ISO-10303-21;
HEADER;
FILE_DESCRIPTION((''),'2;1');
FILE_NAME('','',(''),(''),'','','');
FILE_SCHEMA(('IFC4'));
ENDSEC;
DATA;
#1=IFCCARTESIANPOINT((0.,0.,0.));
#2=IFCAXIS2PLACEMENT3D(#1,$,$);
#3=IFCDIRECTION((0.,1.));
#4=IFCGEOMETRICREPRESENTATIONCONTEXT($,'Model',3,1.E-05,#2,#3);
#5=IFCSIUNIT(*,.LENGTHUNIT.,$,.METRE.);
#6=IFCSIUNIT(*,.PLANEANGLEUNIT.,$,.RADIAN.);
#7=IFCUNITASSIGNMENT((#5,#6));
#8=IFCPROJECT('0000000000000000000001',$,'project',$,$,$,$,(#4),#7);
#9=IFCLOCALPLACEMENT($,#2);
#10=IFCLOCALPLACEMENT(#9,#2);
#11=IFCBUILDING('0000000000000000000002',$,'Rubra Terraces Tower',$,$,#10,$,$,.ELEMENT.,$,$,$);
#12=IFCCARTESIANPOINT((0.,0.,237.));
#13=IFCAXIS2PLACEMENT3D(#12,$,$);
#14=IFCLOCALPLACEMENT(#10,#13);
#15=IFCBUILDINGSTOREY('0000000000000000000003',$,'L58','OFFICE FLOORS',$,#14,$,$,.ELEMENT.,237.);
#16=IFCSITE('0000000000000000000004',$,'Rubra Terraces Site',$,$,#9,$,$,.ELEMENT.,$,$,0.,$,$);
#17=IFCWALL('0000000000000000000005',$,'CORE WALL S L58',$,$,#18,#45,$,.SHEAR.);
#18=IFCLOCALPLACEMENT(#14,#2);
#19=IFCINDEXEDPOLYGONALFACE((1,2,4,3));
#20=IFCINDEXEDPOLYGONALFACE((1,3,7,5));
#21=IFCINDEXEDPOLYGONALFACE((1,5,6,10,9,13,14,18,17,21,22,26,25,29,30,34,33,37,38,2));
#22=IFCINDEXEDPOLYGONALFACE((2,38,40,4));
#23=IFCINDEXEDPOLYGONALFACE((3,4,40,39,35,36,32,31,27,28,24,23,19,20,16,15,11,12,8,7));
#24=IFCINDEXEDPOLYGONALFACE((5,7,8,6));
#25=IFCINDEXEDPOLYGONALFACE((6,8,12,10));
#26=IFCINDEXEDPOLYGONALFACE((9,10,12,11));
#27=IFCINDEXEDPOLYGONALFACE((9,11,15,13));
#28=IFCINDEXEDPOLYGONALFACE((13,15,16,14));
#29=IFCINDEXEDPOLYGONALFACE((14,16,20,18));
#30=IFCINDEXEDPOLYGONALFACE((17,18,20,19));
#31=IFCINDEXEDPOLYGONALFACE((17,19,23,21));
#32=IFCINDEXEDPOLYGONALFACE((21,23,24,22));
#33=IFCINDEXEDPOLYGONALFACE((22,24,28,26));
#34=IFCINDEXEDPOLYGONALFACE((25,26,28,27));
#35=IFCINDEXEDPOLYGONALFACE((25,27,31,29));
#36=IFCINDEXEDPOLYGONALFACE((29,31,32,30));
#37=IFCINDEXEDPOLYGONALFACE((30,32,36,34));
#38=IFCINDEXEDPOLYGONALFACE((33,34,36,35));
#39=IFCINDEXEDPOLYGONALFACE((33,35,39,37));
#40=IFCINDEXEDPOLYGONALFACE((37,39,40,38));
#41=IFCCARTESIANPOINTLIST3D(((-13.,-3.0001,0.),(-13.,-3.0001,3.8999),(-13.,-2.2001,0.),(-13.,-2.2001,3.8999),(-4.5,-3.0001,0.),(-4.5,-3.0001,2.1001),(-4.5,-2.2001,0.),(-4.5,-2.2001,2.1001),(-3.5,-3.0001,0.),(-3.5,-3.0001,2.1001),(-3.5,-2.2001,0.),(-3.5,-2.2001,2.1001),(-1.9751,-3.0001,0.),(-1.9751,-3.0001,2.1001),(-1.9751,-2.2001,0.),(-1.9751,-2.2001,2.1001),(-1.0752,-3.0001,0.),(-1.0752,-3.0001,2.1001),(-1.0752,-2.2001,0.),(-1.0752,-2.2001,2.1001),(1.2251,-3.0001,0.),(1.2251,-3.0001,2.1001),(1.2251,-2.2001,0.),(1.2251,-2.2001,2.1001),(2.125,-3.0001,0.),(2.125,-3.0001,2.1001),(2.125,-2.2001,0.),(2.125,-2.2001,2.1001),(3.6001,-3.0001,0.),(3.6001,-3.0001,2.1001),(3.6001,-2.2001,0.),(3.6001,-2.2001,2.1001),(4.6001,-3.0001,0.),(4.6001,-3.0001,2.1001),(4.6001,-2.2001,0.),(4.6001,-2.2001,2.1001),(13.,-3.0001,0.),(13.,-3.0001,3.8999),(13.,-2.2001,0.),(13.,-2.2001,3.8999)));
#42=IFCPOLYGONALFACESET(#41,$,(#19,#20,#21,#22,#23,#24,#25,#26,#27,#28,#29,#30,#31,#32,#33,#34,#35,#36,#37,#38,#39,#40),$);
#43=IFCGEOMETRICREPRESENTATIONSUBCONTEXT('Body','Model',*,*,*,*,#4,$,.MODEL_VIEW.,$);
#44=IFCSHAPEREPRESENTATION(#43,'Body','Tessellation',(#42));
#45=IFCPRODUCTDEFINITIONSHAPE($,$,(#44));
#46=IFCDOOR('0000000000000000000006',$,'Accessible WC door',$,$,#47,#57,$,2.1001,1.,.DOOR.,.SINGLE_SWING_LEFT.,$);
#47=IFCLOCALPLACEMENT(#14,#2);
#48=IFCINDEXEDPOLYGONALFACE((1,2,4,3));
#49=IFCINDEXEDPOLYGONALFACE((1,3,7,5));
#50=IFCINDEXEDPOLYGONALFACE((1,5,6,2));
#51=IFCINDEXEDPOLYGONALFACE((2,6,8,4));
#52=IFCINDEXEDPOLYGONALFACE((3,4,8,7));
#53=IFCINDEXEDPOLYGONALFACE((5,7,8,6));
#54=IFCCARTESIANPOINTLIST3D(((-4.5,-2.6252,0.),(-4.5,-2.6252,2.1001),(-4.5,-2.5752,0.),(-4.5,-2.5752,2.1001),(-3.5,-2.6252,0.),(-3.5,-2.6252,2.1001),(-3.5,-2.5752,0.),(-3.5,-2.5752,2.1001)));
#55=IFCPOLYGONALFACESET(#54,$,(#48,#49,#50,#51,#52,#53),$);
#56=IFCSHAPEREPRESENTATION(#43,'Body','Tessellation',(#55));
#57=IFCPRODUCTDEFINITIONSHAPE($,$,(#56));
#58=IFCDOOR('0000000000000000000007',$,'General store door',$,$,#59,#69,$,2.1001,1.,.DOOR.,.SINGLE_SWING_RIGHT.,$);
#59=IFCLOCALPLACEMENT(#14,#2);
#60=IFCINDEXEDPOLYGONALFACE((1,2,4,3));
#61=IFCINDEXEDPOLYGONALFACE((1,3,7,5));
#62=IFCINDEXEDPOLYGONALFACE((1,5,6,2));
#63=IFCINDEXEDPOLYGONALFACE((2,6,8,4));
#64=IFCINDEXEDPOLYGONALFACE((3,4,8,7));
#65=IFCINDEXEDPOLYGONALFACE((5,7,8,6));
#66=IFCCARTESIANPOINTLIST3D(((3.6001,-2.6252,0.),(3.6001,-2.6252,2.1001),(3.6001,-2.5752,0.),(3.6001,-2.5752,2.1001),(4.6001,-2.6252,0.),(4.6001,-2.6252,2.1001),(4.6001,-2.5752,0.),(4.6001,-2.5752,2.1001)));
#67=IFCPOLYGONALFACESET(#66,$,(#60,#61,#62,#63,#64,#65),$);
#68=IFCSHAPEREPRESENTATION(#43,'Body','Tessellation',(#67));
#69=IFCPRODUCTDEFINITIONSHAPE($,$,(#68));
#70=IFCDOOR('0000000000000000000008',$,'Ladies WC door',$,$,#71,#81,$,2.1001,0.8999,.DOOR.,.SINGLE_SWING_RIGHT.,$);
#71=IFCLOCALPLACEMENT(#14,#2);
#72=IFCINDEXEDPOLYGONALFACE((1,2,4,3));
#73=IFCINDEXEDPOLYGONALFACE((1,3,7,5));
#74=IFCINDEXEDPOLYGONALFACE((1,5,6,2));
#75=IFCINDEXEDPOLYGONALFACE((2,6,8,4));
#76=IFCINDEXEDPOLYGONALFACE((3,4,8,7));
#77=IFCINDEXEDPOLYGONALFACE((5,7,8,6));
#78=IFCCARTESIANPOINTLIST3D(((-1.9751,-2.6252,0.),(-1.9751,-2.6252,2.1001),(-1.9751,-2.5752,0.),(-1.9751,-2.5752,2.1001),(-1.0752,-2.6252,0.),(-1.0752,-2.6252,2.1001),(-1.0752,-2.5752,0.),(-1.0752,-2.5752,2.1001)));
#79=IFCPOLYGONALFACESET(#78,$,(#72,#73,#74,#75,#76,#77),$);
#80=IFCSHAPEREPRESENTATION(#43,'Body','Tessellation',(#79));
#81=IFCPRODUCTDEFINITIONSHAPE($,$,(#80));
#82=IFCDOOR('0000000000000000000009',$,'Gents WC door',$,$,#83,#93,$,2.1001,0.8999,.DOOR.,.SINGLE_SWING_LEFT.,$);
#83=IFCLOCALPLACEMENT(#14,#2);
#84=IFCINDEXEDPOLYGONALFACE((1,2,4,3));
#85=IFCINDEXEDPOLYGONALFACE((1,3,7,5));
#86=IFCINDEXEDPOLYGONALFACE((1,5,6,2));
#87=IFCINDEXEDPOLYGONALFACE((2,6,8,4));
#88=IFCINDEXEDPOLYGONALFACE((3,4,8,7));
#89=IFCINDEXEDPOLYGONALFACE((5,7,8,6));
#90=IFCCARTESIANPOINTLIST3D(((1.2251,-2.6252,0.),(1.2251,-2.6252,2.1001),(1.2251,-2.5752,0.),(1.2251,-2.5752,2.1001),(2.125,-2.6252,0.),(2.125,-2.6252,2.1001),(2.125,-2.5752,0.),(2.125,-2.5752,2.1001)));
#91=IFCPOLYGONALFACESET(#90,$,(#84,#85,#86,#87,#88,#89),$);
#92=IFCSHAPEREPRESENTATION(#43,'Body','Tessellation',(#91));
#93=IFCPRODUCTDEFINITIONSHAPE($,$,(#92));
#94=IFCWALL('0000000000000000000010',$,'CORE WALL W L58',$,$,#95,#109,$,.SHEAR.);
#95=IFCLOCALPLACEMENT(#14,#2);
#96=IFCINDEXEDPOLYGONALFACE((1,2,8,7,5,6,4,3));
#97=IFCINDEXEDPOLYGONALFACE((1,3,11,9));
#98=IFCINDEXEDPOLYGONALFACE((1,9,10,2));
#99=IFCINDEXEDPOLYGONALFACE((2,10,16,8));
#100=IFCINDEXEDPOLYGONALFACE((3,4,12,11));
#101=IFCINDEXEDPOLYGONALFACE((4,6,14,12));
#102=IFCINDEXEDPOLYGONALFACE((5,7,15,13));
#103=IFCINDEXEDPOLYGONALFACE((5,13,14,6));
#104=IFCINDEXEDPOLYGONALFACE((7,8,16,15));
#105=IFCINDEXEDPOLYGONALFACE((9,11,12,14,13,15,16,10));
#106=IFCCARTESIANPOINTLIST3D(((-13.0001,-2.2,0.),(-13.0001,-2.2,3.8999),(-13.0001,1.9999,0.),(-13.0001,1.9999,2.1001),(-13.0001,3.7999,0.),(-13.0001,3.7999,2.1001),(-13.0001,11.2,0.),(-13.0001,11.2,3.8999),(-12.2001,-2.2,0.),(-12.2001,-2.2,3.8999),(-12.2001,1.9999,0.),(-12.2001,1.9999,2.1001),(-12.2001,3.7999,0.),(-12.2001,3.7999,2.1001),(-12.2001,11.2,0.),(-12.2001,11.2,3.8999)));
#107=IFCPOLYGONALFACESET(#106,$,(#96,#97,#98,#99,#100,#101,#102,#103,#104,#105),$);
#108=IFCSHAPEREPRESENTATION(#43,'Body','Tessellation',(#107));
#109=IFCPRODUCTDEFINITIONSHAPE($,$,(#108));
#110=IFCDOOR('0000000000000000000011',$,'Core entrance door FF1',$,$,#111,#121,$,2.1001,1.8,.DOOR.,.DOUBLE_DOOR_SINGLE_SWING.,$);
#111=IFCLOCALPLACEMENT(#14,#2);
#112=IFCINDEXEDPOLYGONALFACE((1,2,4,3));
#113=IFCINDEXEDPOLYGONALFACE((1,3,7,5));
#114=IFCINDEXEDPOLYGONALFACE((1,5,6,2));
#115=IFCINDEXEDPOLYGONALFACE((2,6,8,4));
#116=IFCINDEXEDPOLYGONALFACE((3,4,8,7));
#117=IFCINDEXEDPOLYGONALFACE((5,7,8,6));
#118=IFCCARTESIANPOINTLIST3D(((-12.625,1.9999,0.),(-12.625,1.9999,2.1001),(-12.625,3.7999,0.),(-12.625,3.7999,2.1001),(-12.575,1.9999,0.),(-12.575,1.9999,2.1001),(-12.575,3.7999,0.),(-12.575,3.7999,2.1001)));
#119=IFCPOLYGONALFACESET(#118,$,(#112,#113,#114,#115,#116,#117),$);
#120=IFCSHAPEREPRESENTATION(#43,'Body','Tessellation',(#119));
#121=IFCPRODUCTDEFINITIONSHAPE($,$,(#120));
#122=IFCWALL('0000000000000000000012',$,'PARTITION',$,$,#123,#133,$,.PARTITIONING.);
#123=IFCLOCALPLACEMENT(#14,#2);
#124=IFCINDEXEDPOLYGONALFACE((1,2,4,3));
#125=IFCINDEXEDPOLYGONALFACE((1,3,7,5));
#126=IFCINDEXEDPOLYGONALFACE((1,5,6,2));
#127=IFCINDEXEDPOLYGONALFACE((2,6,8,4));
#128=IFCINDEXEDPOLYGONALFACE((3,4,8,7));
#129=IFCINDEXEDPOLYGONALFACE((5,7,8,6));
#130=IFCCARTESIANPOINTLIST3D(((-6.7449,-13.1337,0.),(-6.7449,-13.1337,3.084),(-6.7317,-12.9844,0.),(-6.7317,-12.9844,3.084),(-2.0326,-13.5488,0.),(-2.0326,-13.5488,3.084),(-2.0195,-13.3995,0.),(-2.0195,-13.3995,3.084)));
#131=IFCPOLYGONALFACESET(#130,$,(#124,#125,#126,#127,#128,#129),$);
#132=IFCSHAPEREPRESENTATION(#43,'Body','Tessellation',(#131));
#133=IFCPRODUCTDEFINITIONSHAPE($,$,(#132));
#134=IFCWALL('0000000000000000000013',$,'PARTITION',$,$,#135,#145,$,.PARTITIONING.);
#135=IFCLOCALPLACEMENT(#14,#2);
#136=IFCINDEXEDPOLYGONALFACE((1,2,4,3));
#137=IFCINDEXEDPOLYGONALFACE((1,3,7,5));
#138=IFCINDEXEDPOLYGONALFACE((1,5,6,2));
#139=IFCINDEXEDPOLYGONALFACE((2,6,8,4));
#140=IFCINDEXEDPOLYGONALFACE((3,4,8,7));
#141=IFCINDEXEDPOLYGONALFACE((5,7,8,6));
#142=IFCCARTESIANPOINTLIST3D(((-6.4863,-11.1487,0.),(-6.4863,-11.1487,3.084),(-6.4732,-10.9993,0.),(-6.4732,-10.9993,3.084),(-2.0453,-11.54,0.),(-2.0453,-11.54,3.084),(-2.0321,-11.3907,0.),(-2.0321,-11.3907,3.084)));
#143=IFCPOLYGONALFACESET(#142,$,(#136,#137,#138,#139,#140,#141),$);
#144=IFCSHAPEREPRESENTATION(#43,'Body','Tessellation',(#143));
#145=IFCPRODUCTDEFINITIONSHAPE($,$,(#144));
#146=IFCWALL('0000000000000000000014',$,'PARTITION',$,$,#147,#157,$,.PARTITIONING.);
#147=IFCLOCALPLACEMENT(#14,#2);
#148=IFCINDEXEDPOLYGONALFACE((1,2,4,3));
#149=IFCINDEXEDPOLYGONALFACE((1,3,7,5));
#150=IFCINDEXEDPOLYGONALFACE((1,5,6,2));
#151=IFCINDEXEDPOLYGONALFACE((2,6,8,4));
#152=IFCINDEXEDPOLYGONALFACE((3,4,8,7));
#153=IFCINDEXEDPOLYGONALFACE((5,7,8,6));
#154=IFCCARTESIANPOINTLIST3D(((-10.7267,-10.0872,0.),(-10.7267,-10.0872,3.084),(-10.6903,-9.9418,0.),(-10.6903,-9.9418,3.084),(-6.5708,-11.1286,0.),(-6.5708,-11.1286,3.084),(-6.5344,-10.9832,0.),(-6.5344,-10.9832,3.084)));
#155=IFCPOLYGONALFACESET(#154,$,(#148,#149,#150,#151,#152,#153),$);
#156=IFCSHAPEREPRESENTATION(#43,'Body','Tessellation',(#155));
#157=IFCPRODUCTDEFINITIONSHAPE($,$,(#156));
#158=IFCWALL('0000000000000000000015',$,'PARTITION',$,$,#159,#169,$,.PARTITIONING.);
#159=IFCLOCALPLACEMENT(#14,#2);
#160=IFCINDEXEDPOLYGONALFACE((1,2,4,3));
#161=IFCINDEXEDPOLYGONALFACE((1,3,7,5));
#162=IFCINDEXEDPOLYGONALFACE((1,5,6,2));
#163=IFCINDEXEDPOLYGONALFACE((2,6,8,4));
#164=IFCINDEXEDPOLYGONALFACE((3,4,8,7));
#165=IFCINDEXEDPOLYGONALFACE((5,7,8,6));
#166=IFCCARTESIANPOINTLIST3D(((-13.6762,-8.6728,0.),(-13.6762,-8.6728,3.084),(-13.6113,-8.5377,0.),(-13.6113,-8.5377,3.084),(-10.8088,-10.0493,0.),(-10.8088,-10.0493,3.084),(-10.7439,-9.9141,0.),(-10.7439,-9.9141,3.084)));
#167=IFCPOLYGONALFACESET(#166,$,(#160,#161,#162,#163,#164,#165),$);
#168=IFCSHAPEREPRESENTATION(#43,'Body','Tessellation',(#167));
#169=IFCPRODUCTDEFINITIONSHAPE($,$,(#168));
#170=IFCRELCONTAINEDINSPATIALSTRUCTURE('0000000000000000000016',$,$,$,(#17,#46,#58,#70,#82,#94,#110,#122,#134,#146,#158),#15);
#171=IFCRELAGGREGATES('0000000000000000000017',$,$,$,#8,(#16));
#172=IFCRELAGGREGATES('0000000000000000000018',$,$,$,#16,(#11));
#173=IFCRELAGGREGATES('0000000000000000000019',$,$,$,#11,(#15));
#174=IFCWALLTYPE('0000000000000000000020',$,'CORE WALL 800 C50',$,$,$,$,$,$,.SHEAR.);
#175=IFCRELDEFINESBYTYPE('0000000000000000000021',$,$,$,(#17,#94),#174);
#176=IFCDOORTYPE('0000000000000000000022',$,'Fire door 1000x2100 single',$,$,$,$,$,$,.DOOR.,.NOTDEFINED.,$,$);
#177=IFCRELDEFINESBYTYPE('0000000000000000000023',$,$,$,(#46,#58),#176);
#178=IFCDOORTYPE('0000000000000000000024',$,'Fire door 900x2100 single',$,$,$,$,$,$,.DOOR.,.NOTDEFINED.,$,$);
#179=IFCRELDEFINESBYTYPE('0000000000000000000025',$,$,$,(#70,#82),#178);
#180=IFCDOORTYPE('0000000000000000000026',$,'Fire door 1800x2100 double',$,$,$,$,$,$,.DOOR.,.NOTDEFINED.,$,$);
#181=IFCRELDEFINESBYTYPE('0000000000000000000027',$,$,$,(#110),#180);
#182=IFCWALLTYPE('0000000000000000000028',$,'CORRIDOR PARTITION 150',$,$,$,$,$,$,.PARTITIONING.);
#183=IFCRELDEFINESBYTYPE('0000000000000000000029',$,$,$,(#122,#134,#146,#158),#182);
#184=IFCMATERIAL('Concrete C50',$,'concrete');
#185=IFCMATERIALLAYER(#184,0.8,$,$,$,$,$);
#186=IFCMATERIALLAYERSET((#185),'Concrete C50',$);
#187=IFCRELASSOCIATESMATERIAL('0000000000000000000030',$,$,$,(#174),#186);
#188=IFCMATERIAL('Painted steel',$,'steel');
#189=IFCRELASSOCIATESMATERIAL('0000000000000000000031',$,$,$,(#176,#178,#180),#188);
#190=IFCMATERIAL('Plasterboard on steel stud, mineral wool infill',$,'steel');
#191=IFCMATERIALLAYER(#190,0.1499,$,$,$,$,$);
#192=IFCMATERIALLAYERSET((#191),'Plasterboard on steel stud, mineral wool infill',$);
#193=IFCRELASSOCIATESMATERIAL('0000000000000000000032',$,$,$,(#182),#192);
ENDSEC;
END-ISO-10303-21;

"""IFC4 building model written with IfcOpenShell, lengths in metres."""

from ifc_helpers import new_model, si_unit, direction, frame, frame_2d, origin, place, context, subcontext, project, spatial, rectangle, extrude, material, layer, layer_set, type_object, element, fill, save


model = new_model("IFC4")

# Units and contexts
model_context = context("Model", 3, precision=1e-05, world=origin(), true_north=direction((0.0, 1.0)))
body_context = subcontext(model_context, "Body", "Model", "MODEL_VIEW")
ifc_project = project(units=[si_unit("LENGTHUNIT", "METRE"), si_unit("PLANEANGLEUNIT", "RADIAN")], contexts=[model_context])

# Site, building, storey
site_placement = place(None, origin())
site = spatial("IfcSite", under=ifc_project, at=site_placement, Name="Rubra Terraces Site", CompositionType="ELEMENT", RefElevation=0.0)
building_placement = place(site_placement, origin())
building = spatial("IfcBuilding", under=site, at=building_placement, Name="Rubra Terraces Tower", CompositionType="ELEMENT")
storey_placement = place(building_placement, frame((0.0, 0.0, 237.0)))
storey = spatial("IfcBuildingStorey", under=building, at=storey_placement, Name="L58", Description="OFFICE FLOORS", CompositionType="ELEMENT", Elevation=237.0)

# Wall, openings, doors
ifc_material_1 = material(Name="Concrete C50", Category="concrete")
ifc_layer_1 = layer(ifc_material_1, 0.8)
ifc_layer_set_1 = layer_set([ifc_layer_1], Name="Concrete C50")
wall_type_1 = type_object("IfcWallType", Name="CORE WALL 800 C50", PredefinedType="SHEAR", material=ifc_layer_set_1)
wall_1_placement = place(storey_placement, frame((-13.0, -2.6001, 0.0), z_axis=(0.0, 0.0, 1.0), x_axis=(1.0, 0.0, 0.0)))
wall_1 = element("IfcWall", 1, at=wall_1_placement, inside=storey, type_object=wall_type_1, Name="CORE WALL S L58", PredefinedType="SHEAR", context=body_context, shape_type="SweptSolid", body=[
    extrude(rectangle(XDim=26.0, YDim=0.8, at=frame_2d((13.0, 0.0))), origin(), (0.0, 0.0, 1.0), 3.8999),
])
opening_1_placement = place(wall_1_placement, frame((8.5, 0.0, 0.0)))
opening_1 = element("IfcOpeningElement", 2, at=opening_1_placement, cuts=wall_1, PredefinedType="OPENING", context=body_context, shape_type="SweptSolid", body=[
    extrude(rectangle(XDim=1.0, YDim=2.1001, at=frame_2d((0.5, 1.05))), frame((0.0, 0.4099, 0.0), z_axis=(0.0, -1.0, 0.0), x_axis=(1.0, 0.0, 0.0)), (0.0, 0.0, 1.0), 0.8201),
])
opening_2_placement = place(wall_1_placement, frame((11.0249, 0.0, 0.0)))
opening_2 = element("IfcOpeningElement", 3, at=opening_2_placement, cuts=wall_1, PredefinedType="OPENING", context=body_context, shape_type="SweptSolid", body=[
    extrude(rectangle(XDim=0.8999, YDim=2.1001, at=frame_2d((0.45, 1.05))), frame((0.0, 0.4099, 0.0), z_axis=(0.0, -1.0, 0.0), x_axis=(1.0, 0.0, 0.0)), (0.0, 0.0, 1.0), 0.8201),
])
opening_3_placement = place(wall_1_placement, frame((14.2251, 0.0, 0.0)))
opening_3 = element("IfcOpeningElement", 4, at=opening_3_placement, cuts=wall_1, PredefinedType="OPENING", context=body_context, shape_type="SweptSolid", body=[
    extrude(rectangle(XDim=0.8999, YDim=2.1001, at=frame_2d((0.45, 1.05))), frame((0.0, 0.4099, 0.0), z_axis=(0.0, -1.0, 0.0), x_axis=(1.0, 0.0, 0.0)), (0.0, 0.0, 1.0), 0.8201),
])
opening_4_placement = place(wall_1_placement, frame((16.6001, 0.0, 0.0)))
opening_4 = element("IfcOpeningElement", 5, at=opening_4_placement, cuts=wall_1, PredefinedType="OPENING", context=body_context, shape_type="SweptSolid", body=[
    extrude(rectangle(XDim=1.0, YDim=2.1001, at=frame_2d((0.5, 1.05))), frame((0.0, 0.4099, 0.0), z_axis=(0.0, -1.0, 0.0), x_axis=(1.0, 0.0, 0.0)), (0.0, 0.0, 1.0), 0.8201),
])
ifc_material_2 = material(Name="Painted steel", Category="steel")
door_type_1 = type_object("IfcDoorType", Name="Fire door 1000x2100 single", OperationType="NOTDEFINED", PredefinedType="DOOR", material=ifc_material_2)
door_1_placement = place(opening_1_placement, origin())
door_1 = element("IfcDoor", 6, at=door_1_placement, inside=storey, type_object=door_type_1, Name="Accessible WC door", OperationType="SINGLE_SWING_LEFT", OverallHeight=2.1001, OverallWidth=1.0, PredefinedType="DOOR", context=body_context, shape_type="SweptSolid", body=[
    extrude(rectangle(XDim=1.0, YDim=2.1001, at=frame_2d((0.5, 1.05))), frame((0.0, 0.0249, 0.0), z_axis=(0.0, -1.0, 0.0), x_axis=(1.0, 0.0, 0.0)), (0.0, 0.0, 1.0), 0.05),
])
fill(opening_1, door_1)
door_2_placement = place(opening_4_placement, origin())
door_2 = element("IfcDoor", 7, at=door_2_placement, inside=storey, type_object=door_type_1, Name="General store door", OperationType="SINGLE_SWING_RIGHT", OverallHeight=2.1001, OverallWidth=1.0, PredefinedType="DOOR", context=body_context, shape_type="SweptSolid", body=[
    extrude(rectangle(XDim=1.0, YDim=2.1001, at=frame_2d((0.5, 1.05))), frame((0.0, 0.0249, 0.0), z_axis=(0.0, -1.0, 0.0), x_axis=(1.0, 0.0, 0.0)), (0.0, 0.0, 1.0), 0.05),
])
fill(opening_4, door_2)
door_type_2 = type_object("IfcDoorType", Name="Fire door 900x2100 single", OperationType="NOTDEFINED", PredefinedType="DOOR", material=ifc_material_2)
door_3_placement = place(opening_2_placement, origin())
door_3 = element("IfcDoor", 8, at=door_3_placement, inside=storey, type_object=door_type_2, Name="Ladies WC door", OperationType="SINGLE_SWING_RIGHT", OverallHeight=2.1001, OverallWidth=0.8999, PredefinedType="DOOR", context=body_context, shape_type="SweptSolid", body=[
    extrude(rectangle(XDim=0.8999, YDim=2.1001, at=frame_2d((0.45, 1.05))), frame((0.0, 0.0249, 0.0), z_axis=(0.0, -1.0, 0.0), x_axis=(1.0, 0.0, 0.0)), (0.0, 0.0, 1.0), 0.05),
])
fill(opening_2, door_3)
door_4_placement = place(opening_3_placement, origin())
door_4 = element("IfcDoor", 9, at=door_4_placement, inside=storey, type_object=door_type_2, Name="Gents WC door", OperationType="SINGLE_SWING_LEFT", OverallHeight=2.1001, OverallWidth=0.8999, PredefinedType="DOOR", context=body_context, shape_type="SweptSolid", body=[
    extrude(rectangle(XDim=0.8999, YDim=2.1001, at=frame_2d((0.45, 1.05))), frame((0.0, 0.0249, 0.0), z_axis=(0.0, -1.0, 0.0), x_axis=(1.0, 0.0, 0.0)), (0.0, 0.0, 1.0), 0.05),
])
fill(opening_3, door_4)

# Wall, opening, door
wall_2_placement = place(storey_placement, frame((-12.6001, -2.2, 0.0), z_axis=(0.0, 0.0, 1.0), x_axis=(0.0, 1.0, 0.0)))
wall_2 = element("IfcWall", 10, at=wall_2_placement, inside=storey, type_object=wall_type_1, Name="CORE WALL W L58", PredefinedType="SHEAR", context=body_context, shape_type="SweptSolid", body=[
    extrude(rectangle(XDim=13.3999, YDim=0.8, at=frame_2d((6.7, 0.0))), origin(), (0.0, 0.0, 1.0), 3.8999),
])
opening_5_placement = place(wall_2_placement, frame((4.2, 0.0, 0.0)))
opening_5 = element("IfcOpeningElement", 11, at=opening_5_placement, cuts=wall_2, PredefinedType="OPENING", context=body_context, shape_type="SweptSolid", body=[
    extrude(rectangle(XDim=1.8, YDim=2.1001, at=frame_2d((0.8999, 1.05))), frame((0.0, 0.4099, 0.0), z_axis=(0.0, -1.0, 0.0), x_axis=(1.0, 0.0, 0.0)), (0.0, 0.0, 1.0), 0.8201),
])
door_type_3 = type_object("IfcDoorType", Name="Fire door 1800x2100 double", OperationType="NOTDEFINED", PredefinedType="DOOR", material=ifc_material_2)
door_5_placement = place(opening_5_placement, origin())
door_5 = element("IfcDoor", 12, at=door_5_placement, inside=storey, type_object=door_type_3, Name="Core entrance door FF1", OperationType="DOUBLE_DOOR_SINGLE_SWING", OverallHeight=2.1001, OverallWidth=1.8, PredefinedType="DOOR", context=body_context, shape_type="SweptSolid", body=[
    extrude(rectangle(XDim=1.8, YDim=2.1001, at=frame_2d((0.8999, 1.05))), frame((0.0, 0.0249, 0.0), z_axis=(0.0, -1.0, 0.0), x_axis=(1.0, 0.0, 0.0)), (0.0, 0.0, 1.0), 0.05),
])
fill(opening_5, door_5)

# Shared definitions
ifc_material_3 = material(Name="Plasterboard on steel stud, mineral wool infill", Category="steel")
ifc_layer_2 = layer(ifc_material_3, 0.1499)
ifc_layer_set_2 = layer_set([ifc_layer_2], Name="Plasterboard on steel stud, mineral wool infill")
wall_type_2 = type_object("IfcWallType", Name="CORRIDOR PARTITION 150", PredefinedType="PARTITIONING", material=ifc_layer_set_2)

# Walls
wall_3_placement = place(storey_placement, frame((-6.7383, -13.0591, 0.0), z_axis=(0.0, 0.0, 1.0), x_axis=(0.996144, -0.087739, 0.0)))
element("IfcWall", 13, at=wall_3_placement, inside=storey, type_object=wall_type_2, Name="PARTITION", PredefinedType="PARTITIONING", context=body_context, shape_type="SweptSolid", body=[
    extrude(rectangle(XDim=4.7305, YDim=0.1499, at=frame_2d((2.3652, 0.0))), origin(), (0.0, 0.0, 1.0), 3.084),
])
wall_4_placement = place(storey_placement, frame((-2.0388, -11.4653, 0.0), z_axis=(0.0, 0.0, 1.0), x_axis=(-0.99614, 0.08778, 0.0)))
element("IfcWall", 14, at=wall_4_placement, inside=storey, type_object=wall_type_2, Name="PARTITION", PredefinedType="PARTITIONING", context=body_context, shape_type="SweptSolid", body=[
    extrude(rectangle(XDim=4.4583, YDim=0.1499, at=frame_2d((2.229, 0.0))), origin(), (0.0, 0.0, 1.0), 3.084),
])
wall_5_placement = place(storey_placement, frame((-6.5527, -11.0559, 0.0), z_axis=(0.0, 0.0, 1.0), x_axis=(-0.970005, 0.243085, 0.0)))
element("IfcWall", 15, at=wall_5_placement, inside=storey, type_object=wall_type_2, Name="PARTITION", PredefinedType="PARTITIONING", context=body_context, shape_type="SweptSolid", body=[
    extrude(rectangle(XDim=4.2844, YDim=0.1499, at=frame_2d((2.1421, 0.0))), origin(), (0.0, 0.0, 1.0), 3.084),
])
wall_6_placement = place(storey_placement, frame((-10.7764, -9.9817, 0.0), z_axis=(0.0, 0.0, 1.0), x_axis=(-0.901511, 0.432756, 0.0)))
element("IfcWall", 16, at=wall_6_placement, inside=storey, type_object=wall_type_2, Name="PARTITION", PredefinedType="PARTITIONING", context=body_context, shape_type="SweptSolid", body=[
    extrude(rectangle(XDim=3.1807, YDim=0.1499, at=frame_2d((1.5903, 0.0))), origin(), (0.0, 0.0, 1.0), 3.084),
])

save(model, "model.ifc")
